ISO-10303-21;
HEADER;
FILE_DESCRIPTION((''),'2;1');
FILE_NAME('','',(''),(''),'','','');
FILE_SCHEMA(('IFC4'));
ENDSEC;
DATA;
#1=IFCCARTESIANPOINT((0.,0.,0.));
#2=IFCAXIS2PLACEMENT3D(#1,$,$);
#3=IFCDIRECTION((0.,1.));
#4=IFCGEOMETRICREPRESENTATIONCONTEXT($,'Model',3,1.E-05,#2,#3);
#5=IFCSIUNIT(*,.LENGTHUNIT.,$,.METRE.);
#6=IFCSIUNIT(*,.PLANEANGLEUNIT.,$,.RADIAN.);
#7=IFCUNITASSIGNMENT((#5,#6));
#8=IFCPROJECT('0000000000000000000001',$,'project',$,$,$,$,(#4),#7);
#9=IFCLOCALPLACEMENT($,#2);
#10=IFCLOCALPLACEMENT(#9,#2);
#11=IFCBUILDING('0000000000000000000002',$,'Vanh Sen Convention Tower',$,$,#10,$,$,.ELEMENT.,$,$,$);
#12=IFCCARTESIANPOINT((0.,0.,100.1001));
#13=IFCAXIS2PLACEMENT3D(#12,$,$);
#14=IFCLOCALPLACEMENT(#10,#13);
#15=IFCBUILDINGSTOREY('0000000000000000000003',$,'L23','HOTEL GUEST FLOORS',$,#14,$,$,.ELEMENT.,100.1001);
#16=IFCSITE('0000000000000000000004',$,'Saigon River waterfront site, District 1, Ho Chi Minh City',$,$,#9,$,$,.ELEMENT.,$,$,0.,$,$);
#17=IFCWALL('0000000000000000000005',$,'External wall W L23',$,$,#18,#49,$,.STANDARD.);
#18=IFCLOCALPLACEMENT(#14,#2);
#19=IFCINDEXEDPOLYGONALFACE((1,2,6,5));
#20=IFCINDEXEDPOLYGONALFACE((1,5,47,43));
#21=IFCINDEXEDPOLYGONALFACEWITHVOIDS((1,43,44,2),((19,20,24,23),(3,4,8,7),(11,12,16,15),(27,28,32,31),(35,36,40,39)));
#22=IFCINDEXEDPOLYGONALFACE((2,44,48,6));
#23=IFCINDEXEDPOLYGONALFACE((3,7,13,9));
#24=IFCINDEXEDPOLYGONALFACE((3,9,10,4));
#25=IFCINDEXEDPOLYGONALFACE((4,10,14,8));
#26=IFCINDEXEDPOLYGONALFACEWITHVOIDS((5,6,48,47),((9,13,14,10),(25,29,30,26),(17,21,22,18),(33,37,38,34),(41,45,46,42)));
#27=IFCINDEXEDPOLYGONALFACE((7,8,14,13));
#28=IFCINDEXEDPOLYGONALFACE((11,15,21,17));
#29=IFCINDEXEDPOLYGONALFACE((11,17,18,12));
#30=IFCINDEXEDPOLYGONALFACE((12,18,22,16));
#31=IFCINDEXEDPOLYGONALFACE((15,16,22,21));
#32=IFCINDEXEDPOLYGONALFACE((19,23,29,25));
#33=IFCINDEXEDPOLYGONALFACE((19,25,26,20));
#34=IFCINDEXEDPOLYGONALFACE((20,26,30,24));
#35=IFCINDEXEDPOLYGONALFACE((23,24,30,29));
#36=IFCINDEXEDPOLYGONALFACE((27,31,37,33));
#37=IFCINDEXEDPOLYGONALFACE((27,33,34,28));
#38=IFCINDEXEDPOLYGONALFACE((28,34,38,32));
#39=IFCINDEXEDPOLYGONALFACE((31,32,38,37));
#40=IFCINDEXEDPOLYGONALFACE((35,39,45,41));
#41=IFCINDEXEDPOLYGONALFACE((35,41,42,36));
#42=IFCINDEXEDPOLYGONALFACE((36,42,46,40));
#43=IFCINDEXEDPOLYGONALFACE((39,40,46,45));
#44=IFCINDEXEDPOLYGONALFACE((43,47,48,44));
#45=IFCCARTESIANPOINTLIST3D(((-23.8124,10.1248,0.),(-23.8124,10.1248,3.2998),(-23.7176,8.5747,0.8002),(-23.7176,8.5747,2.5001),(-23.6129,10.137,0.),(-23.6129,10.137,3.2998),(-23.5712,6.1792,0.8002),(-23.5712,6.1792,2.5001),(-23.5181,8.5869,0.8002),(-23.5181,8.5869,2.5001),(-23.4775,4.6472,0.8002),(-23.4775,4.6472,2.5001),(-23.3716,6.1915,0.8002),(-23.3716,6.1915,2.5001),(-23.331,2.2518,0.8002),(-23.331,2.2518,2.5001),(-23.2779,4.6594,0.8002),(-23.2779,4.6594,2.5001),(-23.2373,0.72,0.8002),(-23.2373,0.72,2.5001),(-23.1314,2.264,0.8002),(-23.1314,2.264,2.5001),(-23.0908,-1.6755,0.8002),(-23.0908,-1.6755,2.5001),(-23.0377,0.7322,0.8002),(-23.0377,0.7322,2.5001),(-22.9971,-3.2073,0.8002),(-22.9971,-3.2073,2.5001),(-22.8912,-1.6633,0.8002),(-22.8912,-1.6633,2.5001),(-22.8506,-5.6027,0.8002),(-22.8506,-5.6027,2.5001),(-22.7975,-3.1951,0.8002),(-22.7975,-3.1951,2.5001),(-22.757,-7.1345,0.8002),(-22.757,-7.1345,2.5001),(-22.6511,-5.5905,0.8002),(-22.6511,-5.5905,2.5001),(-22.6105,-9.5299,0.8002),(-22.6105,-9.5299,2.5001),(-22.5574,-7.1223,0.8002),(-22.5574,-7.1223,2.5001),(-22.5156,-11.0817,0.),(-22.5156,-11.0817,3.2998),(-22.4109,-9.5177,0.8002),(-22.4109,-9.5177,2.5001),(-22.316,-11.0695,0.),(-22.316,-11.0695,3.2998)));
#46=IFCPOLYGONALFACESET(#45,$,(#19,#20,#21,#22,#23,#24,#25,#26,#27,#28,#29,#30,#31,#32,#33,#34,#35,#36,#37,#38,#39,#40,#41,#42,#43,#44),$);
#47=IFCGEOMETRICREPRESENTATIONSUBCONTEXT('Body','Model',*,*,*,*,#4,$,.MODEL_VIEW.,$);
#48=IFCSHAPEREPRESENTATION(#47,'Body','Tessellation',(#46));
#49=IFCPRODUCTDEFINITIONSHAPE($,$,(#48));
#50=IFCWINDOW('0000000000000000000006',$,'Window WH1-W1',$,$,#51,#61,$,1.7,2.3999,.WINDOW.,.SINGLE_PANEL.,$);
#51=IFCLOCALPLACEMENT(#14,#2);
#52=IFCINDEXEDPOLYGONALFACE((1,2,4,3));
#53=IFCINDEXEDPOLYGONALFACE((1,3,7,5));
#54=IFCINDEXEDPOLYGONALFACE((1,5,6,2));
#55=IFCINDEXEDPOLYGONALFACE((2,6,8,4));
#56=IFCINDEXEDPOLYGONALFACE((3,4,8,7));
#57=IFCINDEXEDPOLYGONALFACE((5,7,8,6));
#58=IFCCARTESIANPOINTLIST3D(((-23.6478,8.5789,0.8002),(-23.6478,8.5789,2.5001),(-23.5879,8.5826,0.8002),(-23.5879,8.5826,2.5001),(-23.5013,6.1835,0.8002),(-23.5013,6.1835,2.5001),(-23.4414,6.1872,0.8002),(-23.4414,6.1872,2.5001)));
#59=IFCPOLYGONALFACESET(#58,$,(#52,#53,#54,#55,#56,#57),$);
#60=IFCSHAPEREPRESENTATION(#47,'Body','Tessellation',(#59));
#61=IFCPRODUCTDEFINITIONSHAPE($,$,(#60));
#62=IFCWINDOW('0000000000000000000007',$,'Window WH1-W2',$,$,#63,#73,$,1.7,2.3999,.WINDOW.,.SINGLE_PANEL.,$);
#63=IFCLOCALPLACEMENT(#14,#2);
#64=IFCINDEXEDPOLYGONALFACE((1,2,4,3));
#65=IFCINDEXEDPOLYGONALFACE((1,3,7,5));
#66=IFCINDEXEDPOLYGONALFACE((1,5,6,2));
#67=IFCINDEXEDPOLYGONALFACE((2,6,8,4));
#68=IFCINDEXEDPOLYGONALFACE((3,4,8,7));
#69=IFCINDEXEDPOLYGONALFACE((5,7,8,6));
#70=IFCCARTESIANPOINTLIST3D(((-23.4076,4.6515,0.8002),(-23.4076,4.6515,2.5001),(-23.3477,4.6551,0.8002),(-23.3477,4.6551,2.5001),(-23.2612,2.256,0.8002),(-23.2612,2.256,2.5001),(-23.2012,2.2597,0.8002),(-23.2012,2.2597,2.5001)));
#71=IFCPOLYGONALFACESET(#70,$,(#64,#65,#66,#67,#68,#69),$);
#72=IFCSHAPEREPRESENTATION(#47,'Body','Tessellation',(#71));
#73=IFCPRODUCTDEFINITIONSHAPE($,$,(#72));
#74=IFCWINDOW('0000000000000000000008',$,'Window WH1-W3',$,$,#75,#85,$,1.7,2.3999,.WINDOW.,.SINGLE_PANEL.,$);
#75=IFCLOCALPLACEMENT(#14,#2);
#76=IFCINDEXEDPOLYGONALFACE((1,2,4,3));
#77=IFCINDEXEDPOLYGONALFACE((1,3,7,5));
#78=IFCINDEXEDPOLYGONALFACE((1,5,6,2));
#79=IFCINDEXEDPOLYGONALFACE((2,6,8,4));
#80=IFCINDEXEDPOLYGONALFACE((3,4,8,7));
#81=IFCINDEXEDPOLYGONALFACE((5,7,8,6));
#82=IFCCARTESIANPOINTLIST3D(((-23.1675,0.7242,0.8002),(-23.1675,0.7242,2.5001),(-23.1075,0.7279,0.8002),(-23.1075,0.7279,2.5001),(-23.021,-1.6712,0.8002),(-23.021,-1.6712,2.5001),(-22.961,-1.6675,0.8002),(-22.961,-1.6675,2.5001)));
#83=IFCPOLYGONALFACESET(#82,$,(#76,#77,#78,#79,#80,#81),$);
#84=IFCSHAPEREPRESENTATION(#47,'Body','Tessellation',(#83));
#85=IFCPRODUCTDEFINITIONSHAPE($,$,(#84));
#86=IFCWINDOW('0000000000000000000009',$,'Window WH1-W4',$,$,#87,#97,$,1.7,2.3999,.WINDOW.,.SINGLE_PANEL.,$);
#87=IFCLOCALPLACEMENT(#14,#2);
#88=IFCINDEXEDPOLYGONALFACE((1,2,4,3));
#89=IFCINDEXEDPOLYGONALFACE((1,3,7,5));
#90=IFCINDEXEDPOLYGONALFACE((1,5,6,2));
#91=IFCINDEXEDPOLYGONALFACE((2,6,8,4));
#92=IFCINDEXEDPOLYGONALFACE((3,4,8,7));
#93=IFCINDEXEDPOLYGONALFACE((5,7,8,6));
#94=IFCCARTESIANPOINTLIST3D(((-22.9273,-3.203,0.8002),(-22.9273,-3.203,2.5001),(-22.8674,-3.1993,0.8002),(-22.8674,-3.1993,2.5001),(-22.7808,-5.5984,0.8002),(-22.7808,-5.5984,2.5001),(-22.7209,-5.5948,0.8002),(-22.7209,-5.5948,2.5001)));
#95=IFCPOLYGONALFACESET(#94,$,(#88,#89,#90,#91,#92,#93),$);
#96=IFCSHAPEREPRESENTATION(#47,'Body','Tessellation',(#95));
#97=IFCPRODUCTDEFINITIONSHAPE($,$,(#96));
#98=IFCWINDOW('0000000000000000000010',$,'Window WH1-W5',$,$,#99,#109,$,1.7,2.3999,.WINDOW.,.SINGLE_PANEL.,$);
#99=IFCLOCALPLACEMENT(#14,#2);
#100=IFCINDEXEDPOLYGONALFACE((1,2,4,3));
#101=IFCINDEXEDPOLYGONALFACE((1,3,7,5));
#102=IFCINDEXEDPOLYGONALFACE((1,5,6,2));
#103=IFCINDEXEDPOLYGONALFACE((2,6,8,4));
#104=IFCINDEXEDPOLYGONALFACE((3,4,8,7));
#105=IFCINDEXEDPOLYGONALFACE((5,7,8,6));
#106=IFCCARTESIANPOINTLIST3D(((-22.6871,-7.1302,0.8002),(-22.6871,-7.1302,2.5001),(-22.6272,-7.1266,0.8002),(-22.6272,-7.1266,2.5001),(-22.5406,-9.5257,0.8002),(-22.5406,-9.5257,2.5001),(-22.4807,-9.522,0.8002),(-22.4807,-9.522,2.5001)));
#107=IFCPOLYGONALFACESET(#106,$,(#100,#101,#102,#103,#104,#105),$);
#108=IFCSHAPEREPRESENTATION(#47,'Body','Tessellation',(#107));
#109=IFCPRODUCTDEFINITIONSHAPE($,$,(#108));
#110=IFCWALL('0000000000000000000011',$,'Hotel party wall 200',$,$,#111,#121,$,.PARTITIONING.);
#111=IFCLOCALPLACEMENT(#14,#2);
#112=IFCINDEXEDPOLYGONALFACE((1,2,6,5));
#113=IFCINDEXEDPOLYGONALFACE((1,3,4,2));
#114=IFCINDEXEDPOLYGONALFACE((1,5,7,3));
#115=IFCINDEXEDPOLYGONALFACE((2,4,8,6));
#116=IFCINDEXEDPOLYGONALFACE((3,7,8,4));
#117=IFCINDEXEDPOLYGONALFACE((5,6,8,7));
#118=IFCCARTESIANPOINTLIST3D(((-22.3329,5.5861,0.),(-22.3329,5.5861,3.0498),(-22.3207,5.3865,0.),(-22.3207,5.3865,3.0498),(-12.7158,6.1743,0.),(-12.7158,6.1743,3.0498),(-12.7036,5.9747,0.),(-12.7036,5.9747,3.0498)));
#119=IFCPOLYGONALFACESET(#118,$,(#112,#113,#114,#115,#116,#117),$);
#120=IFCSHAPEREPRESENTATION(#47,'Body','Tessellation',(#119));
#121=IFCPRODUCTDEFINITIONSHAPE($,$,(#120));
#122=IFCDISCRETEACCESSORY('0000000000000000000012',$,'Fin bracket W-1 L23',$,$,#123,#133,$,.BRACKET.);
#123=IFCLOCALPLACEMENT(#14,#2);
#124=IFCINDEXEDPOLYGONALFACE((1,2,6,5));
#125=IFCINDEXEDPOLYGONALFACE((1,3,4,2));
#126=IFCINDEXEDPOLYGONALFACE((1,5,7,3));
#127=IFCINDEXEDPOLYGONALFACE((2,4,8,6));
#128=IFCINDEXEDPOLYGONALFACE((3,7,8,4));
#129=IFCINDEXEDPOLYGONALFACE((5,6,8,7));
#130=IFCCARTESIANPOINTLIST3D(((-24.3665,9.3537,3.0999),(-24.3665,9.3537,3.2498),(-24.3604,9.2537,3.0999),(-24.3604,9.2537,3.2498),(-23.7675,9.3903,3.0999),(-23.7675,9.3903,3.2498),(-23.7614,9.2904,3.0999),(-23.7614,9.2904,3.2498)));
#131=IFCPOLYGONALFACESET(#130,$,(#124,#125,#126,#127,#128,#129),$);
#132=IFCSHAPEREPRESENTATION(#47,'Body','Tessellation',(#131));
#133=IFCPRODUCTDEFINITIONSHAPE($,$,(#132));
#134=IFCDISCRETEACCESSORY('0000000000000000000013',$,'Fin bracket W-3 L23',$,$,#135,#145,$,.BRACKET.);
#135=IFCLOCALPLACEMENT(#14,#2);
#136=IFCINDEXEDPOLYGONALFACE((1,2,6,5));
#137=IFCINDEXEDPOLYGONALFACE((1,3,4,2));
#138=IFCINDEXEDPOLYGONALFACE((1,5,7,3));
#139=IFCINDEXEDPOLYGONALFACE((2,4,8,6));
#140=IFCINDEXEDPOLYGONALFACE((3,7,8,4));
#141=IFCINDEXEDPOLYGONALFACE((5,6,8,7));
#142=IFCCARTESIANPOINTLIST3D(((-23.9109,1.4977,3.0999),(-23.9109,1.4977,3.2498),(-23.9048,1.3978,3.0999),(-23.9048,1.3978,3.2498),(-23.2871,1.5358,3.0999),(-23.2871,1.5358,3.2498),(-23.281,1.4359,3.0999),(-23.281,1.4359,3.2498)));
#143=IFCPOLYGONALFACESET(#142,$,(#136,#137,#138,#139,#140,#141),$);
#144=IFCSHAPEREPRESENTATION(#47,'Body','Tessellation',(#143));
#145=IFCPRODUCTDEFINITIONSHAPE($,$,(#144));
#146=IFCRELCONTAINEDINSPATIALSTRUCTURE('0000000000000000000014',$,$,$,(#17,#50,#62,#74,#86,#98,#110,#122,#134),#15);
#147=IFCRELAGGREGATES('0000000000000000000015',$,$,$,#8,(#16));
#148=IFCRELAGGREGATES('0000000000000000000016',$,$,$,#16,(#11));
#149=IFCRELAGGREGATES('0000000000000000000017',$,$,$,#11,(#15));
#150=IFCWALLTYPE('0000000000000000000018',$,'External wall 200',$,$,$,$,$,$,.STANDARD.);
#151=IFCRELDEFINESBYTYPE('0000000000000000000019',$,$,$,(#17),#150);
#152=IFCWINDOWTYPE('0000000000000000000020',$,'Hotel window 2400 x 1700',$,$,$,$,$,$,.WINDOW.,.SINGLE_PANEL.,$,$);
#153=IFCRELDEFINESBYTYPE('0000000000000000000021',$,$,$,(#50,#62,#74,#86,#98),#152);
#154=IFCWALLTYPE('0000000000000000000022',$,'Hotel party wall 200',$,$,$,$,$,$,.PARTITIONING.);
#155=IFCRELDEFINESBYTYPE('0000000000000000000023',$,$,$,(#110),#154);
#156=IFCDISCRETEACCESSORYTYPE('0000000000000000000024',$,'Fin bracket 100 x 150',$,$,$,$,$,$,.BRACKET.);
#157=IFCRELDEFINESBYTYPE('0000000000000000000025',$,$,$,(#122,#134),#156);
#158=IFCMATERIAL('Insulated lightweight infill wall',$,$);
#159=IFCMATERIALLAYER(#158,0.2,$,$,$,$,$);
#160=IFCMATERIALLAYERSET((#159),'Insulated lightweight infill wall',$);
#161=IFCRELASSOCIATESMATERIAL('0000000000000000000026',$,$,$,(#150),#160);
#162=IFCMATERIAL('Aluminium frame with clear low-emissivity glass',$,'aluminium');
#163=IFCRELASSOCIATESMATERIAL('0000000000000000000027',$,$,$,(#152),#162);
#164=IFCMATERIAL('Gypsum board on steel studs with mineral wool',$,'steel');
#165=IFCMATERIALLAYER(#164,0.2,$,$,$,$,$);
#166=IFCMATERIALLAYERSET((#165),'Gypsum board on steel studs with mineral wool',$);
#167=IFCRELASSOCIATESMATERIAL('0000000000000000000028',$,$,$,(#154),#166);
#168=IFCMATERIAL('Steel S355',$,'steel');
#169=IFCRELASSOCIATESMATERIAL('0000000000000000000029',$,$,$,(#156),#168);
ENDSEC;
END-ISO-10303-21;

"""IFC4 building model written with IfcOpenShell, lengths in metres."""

from ifc_helpers import new_model, si_unit, direction, frame, frame_2d, origin, origin_2d, place, context, subcontext, project, spatial, rectangle, extrude, material, layer, layer_set, type_object, element, fill, save


model = new_model("IFC4")

# Units and contexts
model_context = context("Model", 3, precision=1e-05, world=origin(), true_north=direction((0.0, 1.0)))
body_context = subcontext(model_context, "Body", "Model", "MODEL_VIEW")
ifc_project = project(units=[si_unit("LENGTHUNIT", "METRE"), si_unit("PLANEANGLEUNIT", "RADIAN")], contexts=[model_context])

# Site, building, storey
site_placement = place(None, origin())
site = spatial("IfcSite", under=ifc_project, at=site_placement, Name="Saigon River waterfront site, District 1, Ho Chi Minh City", CompositionType="ELEMENT", RefElevation=0.0)
building_placement = place(site_placement, origin())
building = spatial("IfcBuilding", under=site, at=building_placement, Name="Vanh Sen Convention Tower", CompositionType="ELEMENT")
storey_placement = place(building_placement, frame((0.0, 0.0, 100.1001)))
storey = spatial("IfcBuildingStorey", under=building, at=storey_placement, Name="L23", Description="HOTEL GUEST FLOORS", CompositionType="ELEMENT", Elevation=100.1001)

# Shared definitions
ifc_material_1 = material(Name="Gypsum board on steel studs with mineral wool", Category="steel")

# Wall, openings, windows
ifc_material_2 = material(Name="Insulated lightweight infill wall")
ifc_layer_1 = layer(ifc_material_2, 0.2)
ifc_layer_set_1 = layer_set([ifc_layer_1], Name="Insulated lightweight infill wall")
wall_type_1 = type_object("IfcWallType", Name="External wall 200", PredefinedType="STANDARD", material=ifc_layer_set_1)
wall_1_placement = place(storey_placement, frame((-23.7126, 10.1309, 0.0), z_axis=(0.0, 0.0, 1.0), x_axis=(0.06104, -0.998135, 0.0)))
wall_1 = element("IfcWall", 1, at=wall_1_placement, inside=storey, type_object=wall_type_1, Name="External wall W L23", PredefinedType="STANDARD", context=body_context, shape_type="SweptSolid", body=[
    extrude(rectangle(XDim=21.2461, YDim=0.2, at=frame_2d((10.623, 0.0))), origin(), (0.0, 0.0, 1.0), 3.2998),
])
opening_1_placement = place(wall_1_placement, frame((1.553, 0.0, 0.8)))
opening_1 = element("IfcOpeningElement", 2, at=opening_1_placement, cuts=wall_1, PredefinedType="OPENING", context=body_context, shape_type="SweptSolid", body=[
    extrude(rectangle(XDim=2.3999, YDim=1.7, at=frame_2d((1.2, 0.8501))), frame((0.0, 0.1099, 0.0), z_axis=(0.0, -1.0, 0.0), x_axis=(1.0, 0.0, 0.0)), (0.0, 0.0, 1.0), 0.22),
])
opening_2_placement = place(wall_1_placement, frame((5.4878, 0.0, 0.8)))
opening_2 = element("IfcOpeningElement", 3, at=opening_2_placement, cuts=wall_1, PredefinedType="OPENING", context=body_context, shape_type="SweptSolid", body=[
    extrude(rectangle(XDim=2.3999, YDim=1.7, at=frame_2d((1.2, 0.8501))), frame((0.0, 0.1099, 0.0), z_axis=(0.0, -1.0, 0.0), x_axis=(1.0, 0.0, 0.0)), (0.0, 0.0, 1.0), 0.22),
])
opening_3_placement = place(wall_1_placement, frame((9.4224, 0.0, 0.8)))
opening_3 = element("IfcOpeningElement", 4, at=opening_3_placement, cuts=wall_1, PredefinedType="OPENING", context=body_context, shape_type="SweptSolid", body=[
    extrude(rectangle(XDim=2.3999, YDim=1.7, at=frame_2d((1.2, 0.8501))), frame((0.0, 0.1099, 0.0), z_axis=(0.0, -1.0, 0.0), x_axis=(1.0, 0.0, 0.0)), (0.0, 0.0, 1.0), 0.22),
])
opening_4_placement = place(wall_1_placement, frame((13.3569, 0.0, 0.8)))
opening_4 = element("IfcOpeningElement", 5, at=opening_4_placement, cuts=wall_1, PredefinedType="OPENING", context=body_context, shape_type="SweptSolid", body=[
    extrude(rectangle(XDim=2.3999, YDim=1.7, at=frame_2d((1.2, 0.8501))), frame((0.0, 0.1099, 0.0), z_axis=(0.0, -1.0, 0.0), x_axis=(1.0, 0.0, 0.0)), (0.0, 0.0, 1.0), 0.22),
])
opening_5_placement = place(wall_1_placement, frame((17.2915, 0.0, 0.8)))
opening_5 = element("IfcOpeningElement", 6, at=opening_5_placement, cuts=wall_1, PredefinedType="OPENING", context=body_context, shape_type="SweptSolid", body=[
    extrude(rectangle(XDim=2.3999, YDim=1.7, at=frame_2d((1.2, 0.8501))), frame((0.0, 0.1099, 0.0), z_axis=(0.0, -1.0, 0.0), x_axis=(1.0, 0.0, 0.0)), (0.0, 0.0, 1.0), 0.22),
])
ifc_material_3 = material(Name="Aluminium frame with clear low-emissivity glass", Category="aluminium")
window_type = type_object("IfcWindowType", Name="Hotel window 2400 x 1700", PartitioningType="SINGLE_PANEL", PredefinedType="WINDOW", material=ifc_material_3)
window_1_placement = place(opening_1_placement, origin())
window_1 = element("IfcWindow", 7, at=window_1_placement, inside=storey, type_object=window_type, Name="Window WH1-W1", OverallHeight=1.7, OverallWidth=2.3999, PartitioningType="SINGLE_PANEL", PredefinedType="WINDOW", context=body_context, shape_type="SweptSolid", body=[
    extrude(rectangle(XDim=2.3999, YDim=1.7, at=frame_2d((1.2, 0.8501))), frame((0.0, 0.03, 0.0), z_axis=(0.0, -1.0, 0.0), x_axis=(1.0, 0.0, 0.0)), (0.0, 0.0, 1.0), 0.0601),
])
fill(opening_1, window_1)
window_2_placement = place(opening_2_placement, origin())
window_2 = element("IfcWindow", 8, at=window_2_placement, inside=storey, type_object=window_type, Name="Window WH1-W2", OverallHeight=1.7, OverallWidth=2.3999, PartitioningType="SINGLE_PANEL", PredefinedType="WINDOW", context=body_context, shape_type="SweptSolid", body=[
    extrude(rectangle(XDim=2.3999, YDim=1.7, at=frame_2d((1.2, 0.8501))), frame((0.0, 0.03, 0.0), z_axis=(0.0, -1.0, 0.0), x_axis=(1.0, 0.0, 0.0)), (0.0, 0.0, 1.0), 0.0601),
])
fill(opening_2, window_2)
window_3_placement = place(opening_3_placement, origin())
window_3 = element("IfcWindow", 9, at=window_3_placement, inside=storey, type_object=window_type, Name="Window WH1-W3", OverallHeight=1.7, OverallWidth=2.3999, PartitioningType="SINGLE_PANEL", PredefinedType="WINDOW", context=body_context, shape_type="SweptSolid", body=[
    extrude(rectangle(XDim=2.3999, YDim=1.7, at=frame_2d((1.2, 0.8501))), frame((0.0, 0.03, 0.0), z_axis=(0.0, -1.0, 0.0), x_axis=(1.0, 0.0, 0.0)), (0.0, 0.0, 1.0), 0.0601),
])
fill(opening_3, window_3)
window_4_placement = place(opening_4_placement, origin())
window_4 = element("IfcWindow", 10, at=window_4_placement, inside=storey, type_object=window_type, Name="Window WH1-W4", OverallHeight=1.7, OverallWidth=2.3999, PartitioningType="SINGLE_PANEL", PredefinedType="WINDOW", context=body_context, shape_type="SweptSolid", body=[
    extrude(rectangle(XDim=2.3999, YDim=1.7, at=frame_2d((1.2, 0.8501))), frame((0.0, 0.03, 0.0), z_axis=(0.0, -1.0, 0.0), x_axis=(1.0, 0.0, 0.0)), (0.0, 0.0, 1.0), 0.0601),
])
fill(opening_4, window_4)
window_5_placement = place(opening_5_placement, origin())
window_5 = element("IfcWindow", 11, at=window_5_placement, inside=storey, type_object=window_type, Name="Window WH1-W5", OverallHeight=1.7, OverallWidth=2.3999, PartitioningType="SINGLE_PANEL", PredefinedType="WINDOW", context=body_context, shape_type="SweptSolid", body=[
    extrude(rectangle(XDim=2.3999, YDim=1.7, at=frame_2d((1.2, 0.8501))), frame((0.0, 0.03, 0.0), z_axis=(0.0, -1.0, 0.0), x_axis=(1.0, 0.0, 0.0)), (0.0, 0.0, 1.0), 0.0601),
])
fill(opening_5, window_5)

# Wall
ifc_layer_2 = layer(ifc_material_1, 0.2)
ifc_layer_set_2 = layer_set([ifc_layer_2], Name="Gypsum board on steel studs with mineral wool")
wall_type_2 = type_object("IfcWallType", Name="Hotel party wall 200", PredefinedType="PARTITIONING", material=ifc_layer_set_2)
wall_2_placement = place(storey_placement, frame((-22.3267, 5.4863, 0.0), z_axis=(0.0, 0.0, 1.0), x_axis=(0.998135, 0.061042, 0.0)))
element("IfcWall", 12, at=wall_2_placement, inside=storey, type_object=wall_type_2, Name="Hotel party wall 200", PredefinedType="PARTITIONING", context=body_context, shape_type="SweptSolid", body=[
    extrude(rectangle(XDim=9.635, YDim=0.2, at=frame_2d((4.8174, 0.0))), origin(), (0.0, 0.0, 1.0), 3.0498),
])

# Discrete accessories
ifc_material_4 = material(Name="Steel S355", Category="steel")
discrete_accessory_type = type_object("IfcDiscreteAccessoryType", Name="Fin bracket 100 x 150", PredefinedType="BRACKET", material=ifc_material_4)
discrete_accessory_1_placement = place(storey_placement, frame((-24.064, 9.322, 3.0999), z_axis=(0.0, 0.0, 1.0), x_axis=(-0.998135, -0.061049, 0.0)))
element("IfcDiscreteAccessory", 13, at=discrete_accessory_1_placement, inside=storey, type_object=discrete_accessory_type, Name="Fin bracket W-1 L23", PredefinedType="BRACKET", context=body_context, shape_type="SweptSolid", body=[
    extrude(rectangle(XDim=0.6001, YDim=0.1001, at=origin_2d()), origin(), (0.0, 0.0, 1.0), 0.1499),
])
discrete_accessory_2_placement = place(storey_placement, frame((-23.5959, 1.4668, 3.0999), z_axis=(0.0, 0.0, 1.0), x_axis=(-0.998135, -0.061049, 0.0)))
element("IfcDiscreteAccessory", 14, at=discrete_accessory_2_placement, inside=storey, type_object=discrete_accessory_type, Name="Fin bracket W-3 L23", PredefinedType="BRACKET", context=body_context, shape_type="SweptSolid", body=[
    extrude(rectangle(XDim=0.625, YDim=0.1001, at=origin_2d()), origin(), (0.0, 0.0, 1.0), 0.1499),
])

save(model, "model.ifc")
